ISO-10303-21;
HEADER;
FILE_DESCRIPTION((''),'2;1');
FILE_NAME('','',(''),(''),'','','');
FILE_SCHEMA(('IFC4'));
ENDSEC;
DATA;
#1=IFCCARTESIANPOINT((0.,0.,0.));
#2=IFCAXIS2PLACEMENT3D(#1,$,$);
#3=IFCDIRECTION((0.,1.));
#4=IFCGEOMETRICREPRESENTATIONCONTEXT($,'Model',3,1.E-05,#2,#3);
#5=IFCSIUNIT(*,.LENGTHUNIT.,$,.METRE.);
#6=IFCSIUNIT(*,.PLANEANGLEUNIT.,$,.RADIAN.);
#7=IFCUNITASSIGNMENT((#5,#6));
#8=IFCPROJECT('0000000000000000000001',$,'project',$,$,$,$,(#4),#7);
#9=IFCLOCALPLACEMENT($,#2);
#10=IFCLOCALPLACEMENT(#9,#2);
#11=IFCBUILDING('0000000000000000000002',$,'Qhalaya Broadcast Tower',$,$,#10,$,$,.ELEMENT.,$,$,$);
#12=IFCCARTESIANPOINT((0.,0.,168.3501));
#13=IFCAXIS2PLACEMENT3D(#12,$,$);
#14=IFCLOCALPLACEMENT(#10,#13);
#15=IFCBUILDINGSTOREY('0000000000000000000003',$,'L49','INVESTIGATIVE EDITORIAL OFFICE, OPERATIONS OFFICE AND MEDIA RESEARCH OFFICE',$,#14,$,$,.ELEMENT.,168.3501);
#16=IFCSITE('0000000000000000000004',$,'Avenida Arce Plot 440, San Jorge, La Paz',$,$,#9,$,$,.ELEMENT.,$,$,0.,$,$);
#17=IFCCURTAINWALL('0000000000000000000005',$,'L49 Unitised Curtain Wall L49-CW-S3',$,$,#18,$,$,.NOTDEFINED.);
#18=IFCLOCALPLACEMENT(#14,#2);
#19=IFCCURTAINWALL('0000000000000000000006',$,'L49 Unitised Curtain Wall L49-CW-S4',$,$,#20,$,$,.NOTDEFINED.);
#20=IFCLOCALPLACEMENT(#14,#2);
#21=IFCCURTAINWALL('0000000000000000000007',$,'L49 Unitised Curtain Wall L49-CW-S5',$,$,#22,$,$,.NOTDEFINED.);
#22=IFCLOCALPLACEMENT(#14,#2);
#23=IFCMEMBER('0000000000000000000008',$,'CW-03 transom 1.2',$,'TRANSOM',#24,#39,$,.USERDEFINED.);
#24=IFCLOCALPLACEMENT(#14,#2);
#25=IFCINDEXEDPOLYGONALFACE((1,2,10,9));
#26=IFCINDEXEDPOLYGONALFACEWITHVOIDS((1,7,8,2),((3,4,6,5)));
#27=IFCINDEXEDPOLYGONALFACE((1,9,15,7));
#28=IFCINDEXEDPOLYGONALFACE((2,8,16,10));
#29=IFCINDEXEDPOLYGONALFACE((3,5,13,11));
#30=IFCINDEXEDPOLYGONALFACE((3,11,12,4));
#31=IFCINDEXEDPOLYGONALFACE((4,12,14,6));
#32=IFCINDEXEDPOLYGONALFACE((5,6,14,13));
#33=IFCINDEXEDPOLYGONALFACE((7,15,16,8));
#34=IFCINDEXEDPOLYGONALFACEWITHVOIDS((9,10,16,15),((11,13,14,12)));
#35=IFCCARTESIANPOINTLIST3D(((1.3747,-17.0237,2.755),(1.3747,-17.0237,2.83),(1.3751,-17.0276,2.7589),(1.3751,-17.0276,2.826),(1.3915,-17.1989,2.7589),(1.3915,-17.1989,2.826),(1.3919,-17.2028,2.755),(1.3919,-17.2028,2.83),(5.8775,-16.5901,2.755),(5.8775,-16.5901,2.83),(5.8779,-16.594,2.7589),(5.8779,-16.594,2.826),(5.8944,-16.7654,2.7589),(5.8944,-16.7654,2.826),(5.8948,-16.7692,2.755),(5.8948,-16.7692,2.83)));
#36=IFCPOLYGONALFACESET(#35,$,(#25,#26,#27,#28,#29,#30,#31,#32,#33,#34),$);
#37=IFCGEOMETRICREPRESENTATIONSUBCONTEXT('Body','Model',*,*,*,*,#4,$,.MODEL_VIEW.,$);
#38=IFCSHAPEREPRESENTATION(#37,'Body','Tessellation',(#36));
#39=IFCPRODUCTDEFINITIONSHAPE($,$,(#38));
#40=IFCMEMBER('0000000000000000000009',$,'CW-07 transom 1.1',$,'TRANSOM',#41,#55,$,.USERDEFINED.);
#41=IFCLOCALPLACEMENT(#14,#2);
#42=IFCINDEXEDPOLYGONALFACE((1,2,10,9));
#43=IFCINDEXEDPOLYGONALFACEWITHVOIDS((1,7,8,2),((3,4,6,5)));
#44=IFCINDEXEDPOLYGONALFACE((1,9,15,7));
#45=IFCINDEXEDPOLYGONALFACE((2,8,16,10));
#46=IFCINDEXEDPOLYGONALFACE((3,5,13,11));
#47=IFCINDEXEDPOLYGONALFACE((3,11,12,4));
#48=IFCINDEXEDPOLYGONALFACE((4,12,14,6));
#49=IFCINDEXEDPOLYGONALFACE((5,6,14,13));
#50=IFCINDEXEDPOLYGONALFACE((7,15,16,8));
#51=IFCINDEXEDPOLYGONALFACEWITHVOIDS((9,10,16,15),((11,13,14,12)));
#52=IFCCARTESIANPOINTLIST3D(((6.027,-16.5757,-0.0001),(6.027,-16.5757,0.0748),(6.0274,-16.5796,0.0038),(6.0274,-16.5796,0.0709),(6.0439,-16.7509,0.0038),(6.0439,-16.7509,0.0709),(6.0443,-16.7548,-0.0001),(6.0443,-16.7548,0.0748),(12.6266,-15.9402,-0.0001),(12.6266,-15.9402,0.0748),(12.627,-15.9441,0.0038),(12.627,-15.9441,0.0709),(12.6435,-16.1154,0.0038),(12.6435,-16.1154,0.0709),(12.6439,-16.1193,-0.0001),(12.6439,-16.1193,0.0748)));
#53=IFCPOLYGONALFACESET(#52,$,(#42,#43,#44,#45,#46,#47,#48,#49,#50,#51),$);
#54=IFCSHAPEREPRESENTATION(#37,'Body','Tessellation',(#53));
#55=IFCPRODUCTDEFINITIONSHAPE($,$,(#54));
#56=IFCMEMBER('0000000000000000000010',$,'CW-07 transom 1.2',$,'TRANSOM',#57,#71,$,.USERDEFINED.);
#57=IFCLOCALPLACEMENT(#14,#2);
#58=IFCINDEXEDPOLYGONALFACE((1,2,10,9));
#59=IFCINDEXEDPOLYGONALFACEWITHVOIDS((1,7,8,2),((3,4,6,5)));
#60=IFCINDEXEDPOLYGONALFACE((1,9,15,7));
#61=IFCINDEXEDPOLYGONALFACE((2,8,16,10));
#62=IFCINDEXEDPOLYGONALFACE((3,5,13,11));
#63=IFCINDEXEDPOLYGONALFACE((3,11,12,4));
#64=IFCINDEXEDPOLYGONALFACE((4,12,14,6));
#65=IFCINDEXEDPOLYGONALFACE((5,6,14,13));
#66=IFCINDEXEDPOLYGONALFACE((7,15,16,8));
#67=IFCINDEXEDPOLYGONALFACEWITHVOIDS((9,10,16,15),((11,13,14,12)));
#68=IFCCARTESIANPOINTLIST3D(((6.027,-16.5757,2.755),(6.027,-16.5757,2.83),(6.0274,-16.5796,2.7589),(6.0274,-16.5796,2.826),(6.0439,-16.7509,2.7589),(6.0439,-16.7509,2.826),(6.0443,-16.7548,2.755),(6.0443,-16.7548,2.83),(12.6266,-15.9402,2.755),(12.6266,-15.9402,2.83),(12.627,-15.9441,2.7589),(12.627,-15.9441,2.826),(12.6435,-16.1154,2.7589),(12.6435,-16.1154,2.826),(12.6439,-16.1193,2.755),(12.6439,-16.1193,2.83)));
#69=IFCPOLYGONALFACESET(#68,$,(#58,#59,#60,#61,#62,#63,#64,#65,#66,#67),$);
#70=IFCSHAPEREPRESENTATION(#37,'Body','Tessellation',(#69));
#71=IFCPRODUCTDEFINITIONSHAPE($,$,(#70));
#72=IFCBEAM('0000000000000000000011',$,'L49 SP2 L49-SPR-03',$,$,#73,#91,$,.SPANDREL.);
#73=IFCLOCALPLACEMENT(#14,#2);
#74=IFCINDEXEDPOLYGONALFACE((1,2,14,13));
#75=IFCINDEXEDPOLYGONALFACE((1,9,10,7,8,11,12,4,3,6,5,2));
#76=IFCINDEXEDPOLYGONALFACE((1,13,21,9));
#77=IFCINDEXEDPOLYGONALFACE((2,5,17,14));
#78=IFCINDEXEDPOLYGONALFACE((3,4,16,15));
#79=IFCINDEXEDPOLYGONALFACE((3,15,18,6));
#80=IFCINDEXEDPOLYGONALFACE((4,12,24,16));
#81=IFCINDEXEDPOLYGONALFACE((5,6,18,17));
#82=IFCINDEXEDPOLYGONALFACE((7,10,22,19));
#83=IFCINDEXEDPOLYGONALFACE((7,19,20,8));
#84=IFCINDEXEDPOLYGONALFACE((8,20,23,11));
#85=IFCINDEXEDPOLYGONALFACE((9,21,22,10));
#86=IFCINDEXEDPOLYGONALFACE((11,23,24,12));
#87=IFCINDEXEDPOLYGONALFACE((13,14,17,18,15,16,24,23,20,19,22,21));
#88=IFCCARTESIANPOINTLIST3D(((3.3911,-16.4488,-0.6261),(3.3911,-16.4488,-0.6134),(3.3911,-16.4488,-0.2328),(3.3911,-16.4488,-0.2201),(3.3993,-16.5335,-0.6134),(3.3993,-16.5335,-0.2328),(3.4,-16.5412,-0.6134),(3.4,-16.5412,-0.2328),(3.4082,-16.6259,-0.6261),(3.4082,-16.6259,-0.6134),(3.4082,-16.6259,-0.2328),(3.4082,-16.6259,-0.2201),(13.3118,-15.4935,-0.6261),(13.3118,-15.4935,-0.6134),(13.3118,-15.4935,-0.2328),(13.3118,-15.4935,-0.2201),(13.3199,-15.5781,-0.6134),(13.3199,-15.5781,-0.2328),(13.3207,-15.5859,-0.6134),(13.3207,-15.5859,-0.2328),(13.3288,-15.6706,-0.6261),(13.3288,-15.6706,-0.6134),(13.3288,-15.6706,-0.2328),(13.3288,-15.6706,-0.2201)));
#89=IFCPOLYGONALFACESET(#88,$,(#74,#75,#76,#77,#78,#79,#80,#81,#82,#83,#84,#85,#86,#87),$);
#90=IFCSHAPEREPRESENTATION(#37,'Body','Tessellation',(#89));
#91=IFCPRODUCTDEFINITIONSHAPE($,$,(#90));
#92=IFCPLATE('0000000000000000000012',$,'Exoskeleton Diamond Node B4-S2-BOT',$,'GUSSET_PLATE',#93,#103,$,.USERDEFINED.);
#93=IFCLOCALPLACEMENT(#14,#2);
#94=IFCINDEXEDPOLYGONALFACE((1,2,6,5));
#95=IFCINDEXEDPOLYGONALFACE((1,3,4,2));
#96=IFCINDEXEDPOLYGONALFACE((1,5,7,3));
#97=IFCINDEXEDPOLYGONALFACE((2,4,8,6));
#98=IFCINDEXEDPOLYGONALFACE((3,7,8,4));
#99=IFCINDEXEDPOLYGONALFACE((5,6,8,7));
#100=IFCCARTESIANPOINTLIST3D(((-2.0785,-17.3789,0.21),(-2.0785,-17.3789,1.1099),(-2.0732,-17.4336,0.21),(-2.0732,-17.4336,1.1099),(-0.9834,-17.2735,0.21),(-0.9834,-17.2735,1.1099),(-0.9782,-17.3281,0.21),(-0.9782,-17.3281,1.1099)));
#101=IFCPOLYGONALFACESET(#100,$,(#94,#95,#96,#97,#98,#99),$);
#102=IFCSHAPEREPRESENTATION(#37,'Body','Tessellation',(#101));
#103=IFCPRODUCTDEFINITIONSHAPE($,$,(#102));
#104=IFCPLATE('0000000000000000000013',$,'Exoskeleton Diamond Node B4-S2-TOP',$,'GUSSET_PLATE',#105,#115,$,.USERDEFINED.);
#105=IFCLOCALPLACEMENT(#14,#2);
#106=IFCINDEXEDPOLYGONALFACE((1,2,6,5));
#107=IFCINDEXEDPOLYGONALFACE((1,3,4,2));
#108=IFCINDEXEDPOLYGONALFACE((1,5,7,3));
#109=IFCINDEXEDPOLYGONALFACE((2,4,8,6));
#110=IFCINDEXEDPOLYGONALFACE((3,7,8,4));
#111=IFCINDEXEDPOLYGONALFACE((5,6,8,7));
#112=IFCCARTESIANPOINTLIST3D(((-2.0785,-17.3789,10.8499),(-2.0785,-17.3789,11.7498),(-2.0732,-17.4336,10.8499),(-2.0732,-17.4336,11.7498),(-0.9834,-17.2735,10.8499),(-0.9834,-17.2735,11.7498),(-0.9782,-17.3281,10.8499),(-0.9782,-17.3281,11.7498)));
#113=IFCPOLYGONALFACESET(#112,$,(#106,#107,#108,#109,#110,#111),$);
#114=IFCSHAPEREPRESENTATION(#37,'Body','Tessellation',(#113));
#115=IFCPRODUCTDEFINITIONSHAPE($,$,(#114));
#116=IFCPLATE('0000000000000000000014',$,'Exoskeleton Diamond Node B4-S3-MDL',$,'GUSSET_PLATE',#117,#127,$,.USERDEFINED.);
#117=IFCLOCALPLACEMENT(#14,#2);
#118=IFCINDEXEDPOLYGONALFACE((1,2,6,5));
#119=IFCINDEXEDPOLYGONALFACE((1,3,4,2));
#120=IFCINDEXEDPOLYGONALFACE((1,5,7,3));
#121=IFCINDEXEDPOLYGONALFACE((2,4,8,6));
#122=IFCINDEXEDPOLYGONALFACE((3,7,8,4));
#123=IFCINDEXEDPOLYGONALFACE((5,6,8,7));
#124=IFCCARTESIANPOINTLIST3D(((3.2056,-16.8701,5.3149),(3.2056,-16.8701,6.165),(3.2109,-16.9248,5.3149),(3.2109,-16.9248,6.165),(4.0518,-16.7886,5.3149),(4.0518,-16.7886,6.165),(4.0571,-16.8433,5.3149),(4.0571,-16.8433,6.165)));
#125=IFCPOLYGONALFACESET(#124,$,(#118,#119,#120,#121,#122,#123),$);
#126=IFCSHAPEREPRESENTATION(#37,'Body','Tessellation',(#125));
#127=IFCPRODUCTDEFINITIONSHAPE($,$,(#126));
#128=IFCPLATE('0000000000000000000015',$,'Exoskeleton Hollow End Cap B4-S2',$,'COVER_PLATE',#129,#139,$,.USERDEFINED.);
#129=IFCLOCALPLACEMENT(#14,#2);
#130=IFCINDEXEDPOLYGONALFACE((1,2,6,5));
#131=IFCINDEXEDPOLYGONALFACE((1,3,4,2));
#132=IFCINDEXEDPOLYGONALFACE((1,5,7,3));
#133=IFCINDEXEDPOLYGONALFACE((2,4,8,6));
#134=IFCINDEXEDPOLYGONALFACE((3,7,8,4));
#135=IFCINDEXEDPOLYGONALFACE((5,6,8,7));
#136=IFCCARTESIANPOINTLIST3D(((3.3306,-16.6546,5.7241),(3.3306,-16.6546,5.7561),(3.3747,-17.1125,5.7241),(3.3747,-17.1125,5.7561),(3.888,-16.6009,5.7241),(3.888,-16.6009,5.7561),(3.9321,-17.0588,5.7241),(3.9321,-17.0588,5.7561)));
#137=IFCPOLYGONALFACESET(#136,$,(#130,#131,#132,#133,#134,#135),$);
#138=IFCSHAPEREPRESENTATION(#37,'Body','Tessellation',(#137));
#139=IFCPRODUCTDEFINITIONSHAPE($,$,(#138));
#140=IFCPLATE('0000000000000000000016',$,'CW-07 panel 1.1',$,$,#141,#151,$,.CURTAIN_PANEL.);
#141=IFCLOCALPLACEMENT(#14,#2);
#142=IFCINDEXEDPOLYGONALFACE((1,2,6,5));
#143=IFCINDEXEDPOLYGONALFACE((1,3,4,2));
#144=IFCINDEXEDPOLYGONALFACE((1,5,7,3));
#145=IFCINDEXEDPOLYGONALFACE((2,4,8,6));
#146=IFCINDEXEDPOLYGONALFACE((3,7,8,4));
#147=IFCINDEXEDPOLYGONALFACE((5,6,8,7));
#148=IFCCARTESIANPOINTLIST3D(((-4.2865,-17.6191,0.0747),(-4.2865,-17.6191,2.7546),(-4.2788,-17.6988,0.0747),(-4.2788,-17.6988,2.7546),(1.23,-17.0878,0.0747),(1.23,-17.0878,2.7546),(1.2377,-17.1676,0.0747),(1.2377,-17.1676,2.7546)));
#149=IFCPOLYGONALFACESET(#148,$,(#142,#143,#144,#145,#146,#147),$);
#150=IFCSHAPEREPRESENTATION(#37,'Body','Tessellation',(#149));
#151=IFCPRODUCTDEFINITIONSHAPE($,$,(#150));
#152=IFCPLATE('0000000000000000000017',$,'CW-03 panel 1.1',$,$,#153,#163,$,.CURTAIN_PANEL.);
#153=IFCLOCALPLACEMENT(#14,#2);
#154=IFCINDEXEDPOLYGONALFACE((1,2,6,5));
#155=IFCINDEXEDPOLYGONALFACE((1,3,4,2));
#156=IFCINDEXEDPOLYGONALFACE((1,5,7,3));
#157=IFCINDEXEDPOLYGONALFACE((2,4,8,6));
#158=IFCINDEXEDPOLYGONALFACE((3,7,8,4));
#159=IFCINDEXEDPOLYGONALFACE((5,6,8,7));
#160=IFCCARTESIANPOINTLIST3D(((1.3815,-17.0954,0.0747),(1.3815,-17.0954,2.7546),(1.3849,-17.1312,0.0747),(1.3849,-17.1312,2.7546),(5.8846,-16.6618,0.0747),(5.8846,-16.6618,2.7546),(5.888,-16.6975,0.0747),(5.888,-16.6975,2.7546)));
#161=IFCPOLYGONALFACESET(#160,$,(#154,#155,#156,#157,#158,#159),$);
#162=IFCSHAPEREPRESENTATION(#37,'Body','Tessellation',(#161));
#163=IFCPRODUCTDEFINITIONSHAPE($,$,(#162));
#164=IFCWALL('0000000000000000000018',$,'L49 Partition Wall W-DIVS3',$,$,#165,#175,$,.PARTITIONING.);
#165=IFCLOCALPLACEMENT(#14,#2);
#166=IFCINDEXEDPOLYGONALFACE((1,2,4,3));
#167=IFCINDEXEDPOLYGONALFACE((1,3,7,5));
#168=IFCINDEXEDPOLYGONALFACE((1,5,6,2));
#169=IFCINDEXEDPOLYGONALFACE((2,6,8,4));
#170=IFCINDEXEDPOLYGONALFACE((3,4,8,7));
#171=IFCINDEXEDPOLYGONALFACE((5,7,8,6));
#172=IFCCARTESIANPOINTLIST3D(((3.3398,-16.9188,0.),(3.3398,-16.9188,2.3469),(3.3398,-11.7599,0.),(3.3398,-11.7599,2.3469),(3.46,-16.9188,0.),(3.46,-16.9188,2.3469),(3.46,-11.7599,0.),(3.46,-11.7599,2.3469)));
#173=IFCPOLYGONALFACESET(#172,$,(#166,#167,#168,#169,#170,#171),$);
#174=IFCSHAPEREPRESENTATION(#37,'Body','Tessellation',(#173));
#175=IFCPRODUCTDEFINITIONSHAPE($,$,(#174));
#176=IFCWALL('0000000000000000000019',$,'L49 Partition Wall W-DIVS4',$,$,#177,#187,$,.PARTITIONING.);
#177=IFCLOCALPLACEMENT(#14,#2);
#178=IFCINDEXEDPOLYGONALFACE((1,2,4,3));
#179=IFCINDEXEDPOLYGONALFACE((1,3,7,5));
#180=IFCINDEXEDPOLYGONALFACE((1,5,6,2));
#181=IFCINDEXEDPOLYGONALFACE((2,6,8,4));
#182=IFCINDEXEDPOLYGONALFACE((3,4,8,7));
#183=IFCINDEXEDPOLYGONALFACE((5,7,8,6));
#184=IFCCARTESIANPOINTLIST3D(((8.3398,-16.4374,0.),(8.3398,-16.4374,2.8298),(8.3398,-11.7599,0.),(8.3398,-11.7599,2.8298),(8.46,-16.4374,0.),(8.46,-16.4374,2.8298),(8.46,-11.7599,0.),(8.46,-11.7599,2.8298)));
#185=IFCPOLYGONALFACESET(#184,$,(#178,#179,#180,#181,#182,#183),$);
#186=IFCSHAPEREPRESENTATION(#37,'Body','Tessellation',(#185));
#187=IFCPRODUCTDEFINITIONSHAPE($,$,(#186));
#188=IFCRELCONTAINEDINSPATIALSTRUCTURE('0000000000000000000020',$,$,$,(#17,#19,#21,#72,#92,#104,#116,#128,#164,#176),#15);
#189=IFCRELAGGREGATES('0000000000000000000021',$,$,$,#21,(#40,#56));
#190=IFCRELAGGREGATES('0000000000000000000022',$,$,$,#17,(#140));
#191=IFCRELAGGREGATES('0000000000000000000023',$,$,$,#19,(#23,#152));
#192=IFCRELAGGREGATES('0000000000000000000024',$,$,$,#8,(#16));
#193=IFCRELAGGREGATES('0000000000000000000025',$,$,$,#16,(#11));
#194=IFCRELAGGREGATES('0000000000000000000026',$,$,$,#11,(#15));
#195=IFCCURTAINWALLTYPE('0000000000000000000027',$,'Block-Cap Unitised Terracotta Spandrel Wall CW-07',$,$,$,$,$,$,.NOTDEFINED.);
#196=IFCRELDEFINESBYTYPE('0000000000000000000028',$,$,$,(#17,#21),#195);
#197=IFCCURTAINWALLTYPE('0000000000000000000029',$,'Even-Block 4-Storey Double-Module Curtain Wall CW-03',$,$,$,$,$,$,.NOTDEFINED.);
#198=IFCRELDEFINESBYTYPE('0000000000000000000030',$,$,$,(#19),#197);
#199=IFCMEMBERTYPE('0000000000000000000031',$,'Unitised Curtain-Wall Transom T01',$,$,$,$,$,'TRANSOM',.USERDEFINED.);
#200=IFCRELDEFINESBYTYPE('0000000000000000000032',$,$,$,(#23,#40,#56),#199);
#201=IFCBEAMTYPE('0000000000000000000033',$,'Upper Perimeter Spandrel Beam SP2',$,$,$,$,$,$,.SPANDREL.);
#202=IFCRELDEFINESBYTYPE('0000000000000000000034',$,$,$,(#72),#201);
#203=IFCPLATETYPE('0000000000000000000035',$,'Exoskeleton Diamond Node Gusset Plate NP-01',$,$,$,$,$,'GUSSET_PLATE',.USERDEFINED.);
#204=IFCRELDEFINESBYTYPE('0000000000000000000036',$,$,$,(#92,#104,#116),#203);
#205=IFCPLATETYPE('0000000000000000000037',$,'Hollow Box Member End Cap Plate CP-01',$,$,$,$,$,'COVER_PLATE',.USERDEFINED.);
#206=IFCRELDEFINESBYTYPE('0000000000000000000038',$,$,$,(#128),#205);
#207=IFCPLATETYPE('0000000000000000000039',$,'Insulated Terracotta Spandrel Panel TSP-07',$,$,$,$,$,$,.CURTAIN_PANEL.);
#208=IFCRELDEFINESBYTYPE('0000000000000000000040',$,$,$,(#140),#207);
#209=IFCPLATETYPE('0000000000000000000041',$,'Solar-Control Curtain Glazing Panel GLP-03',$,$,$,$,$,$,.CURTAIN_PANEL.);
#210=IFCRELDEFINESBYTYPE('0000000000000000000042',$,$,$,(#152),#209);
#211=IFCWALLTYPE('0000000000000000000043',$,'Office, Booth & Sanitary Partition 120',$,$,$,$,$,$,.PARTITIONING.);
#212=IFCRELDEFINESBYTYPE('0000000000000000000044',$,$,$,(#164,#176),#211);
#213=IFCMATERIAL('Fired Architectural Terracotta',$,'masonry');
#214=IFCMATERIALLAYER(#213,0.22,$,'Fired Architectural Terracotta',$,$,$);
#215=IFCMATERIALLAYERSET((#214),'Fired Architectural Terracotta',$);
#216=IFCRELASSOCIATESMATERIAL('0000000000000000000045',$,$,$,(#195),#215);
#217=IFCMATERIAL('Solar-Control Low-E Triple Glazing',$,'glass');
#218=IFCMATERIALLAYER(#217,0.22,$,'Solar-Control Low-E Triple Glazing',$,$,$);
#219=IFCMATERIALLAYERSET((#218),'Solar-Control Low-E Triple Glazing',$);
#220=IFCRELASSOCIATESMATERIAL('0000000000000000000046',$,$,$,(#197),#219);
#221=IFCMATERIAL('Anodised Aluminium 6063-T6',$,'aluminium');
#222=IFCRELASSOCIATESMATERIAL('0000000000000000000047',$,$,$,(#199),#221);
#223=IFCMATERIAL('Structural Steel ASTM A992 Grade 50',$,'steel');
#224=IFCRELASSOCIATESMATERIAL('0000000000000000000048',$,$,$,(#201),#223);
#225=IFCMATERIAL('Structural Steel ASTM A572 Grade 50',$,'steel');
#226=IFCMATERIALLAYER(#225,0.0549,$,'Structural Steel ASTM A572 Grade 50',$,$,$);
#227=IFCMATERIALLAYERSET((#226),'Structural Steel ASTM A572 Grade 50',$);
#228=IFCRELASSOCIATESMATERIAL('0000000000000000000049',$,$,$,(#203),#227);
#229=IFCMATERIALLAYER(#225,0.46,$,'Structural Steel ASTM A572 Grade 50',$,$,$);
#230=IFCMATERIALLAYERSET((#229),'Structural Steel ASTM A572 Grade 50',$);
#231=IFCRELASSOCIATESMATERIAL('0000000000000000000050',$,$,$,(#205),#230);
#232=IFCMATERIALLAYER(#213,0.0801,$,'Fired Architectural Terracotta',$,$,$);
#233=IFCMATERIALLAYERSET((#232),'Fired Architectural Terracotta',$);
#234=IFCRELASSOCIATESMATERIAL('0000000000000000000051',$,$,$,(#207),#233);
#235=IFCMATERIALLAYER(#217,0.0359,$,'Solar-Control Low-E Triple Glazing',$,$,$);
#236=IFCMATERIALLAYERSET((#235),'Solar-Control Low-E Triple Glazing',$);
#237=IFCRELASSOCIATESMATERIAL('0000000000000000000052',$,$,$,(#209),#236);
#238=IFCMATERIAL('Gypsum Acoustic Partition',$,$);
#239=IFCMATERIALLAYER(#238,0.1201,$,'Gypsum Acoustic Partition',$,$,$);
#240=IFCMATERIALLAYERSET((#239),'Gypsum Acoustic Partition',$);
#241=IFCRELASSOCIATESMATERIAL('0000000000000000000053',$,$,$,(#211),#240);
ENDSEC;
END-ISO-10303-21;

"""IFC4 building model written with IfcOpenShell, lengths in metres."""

from ifc_helpers import new_model, si_unit, direction, frame, frame_2d, origin, origin_2d, place, context, subcontext, project, spatial, rectangle, hollow_rectangle, i_section, extrude, material, layer, layer_set, material_profile, profile_set, type_object, element, aggregate, save


model = new_model("IFC4")

# Units and contexts
model_context = context("Model", 3, precision=1e-05, world=origin(), true_north=direction((0.0, 1.0)))
body_context = subcontext(model_context, "Body", "Model", "MODEL_VIEW")
ifc_project = project(units=[si_unit("LENGTHUNIT", "METRE"), si_unit("PLANEANGLEUNIT", "RADIAN")], contexts=[model_context])

# Site, building, storey
site_placement = place(None, origin())
site = spatial("IfcSite", under=ifc_project, at=site_placement, Name="Avenida Arce Plot 440, San Jorge, La Paz", CompositionType="ELEMENT", RefElevation=0.0)
building_placement = place(site_placement, origin())
building = spatial("IfcBuilding", under=site, at=building_placement, Name="Qhalaya Broadcast Tower", CompositionType="ELEMENT")
storey_placement = place(building_placement, frame((0.0, 0.0, 168.3501)))
storey = spatial("IfcBuildingStorey", under=building, at=storey_placement, Name="L49", Description="INVESTIGATIVE EDITORIAL OFFICE, OPERATIONS OFFICE AND MEDIA RESEARCH OFFICE", CompositionType="ELEMENT", Elevation=168.3501)

# Shared definitions
ifc_material_1 = material(Name="Structural Steel ASTM A572 Grade 50", Category="steel")

# Shared definitions
ifc_material_2 = material(Name="Structural Steel ASTM A992 Grade 50", Category="steel")

# Curtain wall
ifc_material_3 = material(Name="Fired Architectural Terracotta", Category="masonry")
ifc_layer_1 = layer(ifc_material_3, 0.22, Name="Fired Architectural Terracotta")
ifc_layer_set_1 = layer_set([ifc_layer_1], Name="Fired Architectural Terracotta")
curtain_wall_type_1 = type_object("IfcCurtainWallType", Name="Block-Cap Unitised Terracotta Spandrel Wall CW-07", PredefinedType="NOTDEFINED", material=ifc_layer_set_1)
curtain_wall_1_placement = place(storey_placement, origin())
curtain_wall_1 = element("IfcCurtainWall", 1, at=curtain_wall_1_placement, inside=storey, type_object=curtain_wall_type_1, Name="L49 Unitised Curtain Wall L49-CW-S3", PredefinedType="NOTDEFINED")
ifc_material_4 = material(Name="Anodised Aluminium 6063-T6", Category="aluminium")

# Curtain wall
ifc_material_5 = material(Name="Solar-Control Low-E Triple Glazing", Category="glass")
ifc_layer_2 = layer(ifc_material_5, 0.22, Name="Solar-Control Low-E Triple Glazing")
ifc_layer_set_2 = layer_set([ifc_layer_2], Name="Solar-Control Low-E Triple Glazing")
curtain_wall_type_2 = type_object("IfcCurtainWallType", Name="Even-Block 4-Storey Double-Module Curtain Wall CW-03", PredefinedType="NOTDEFINED", material=ifc_layer_set_2)
curtain_wall_2_placement = place(storey_placement, origin())
curtain_wall_2 = element("IfcCurtainWall", 2, at=curtain_wall_2_placement, inside=storey, type_object=curtain_wall_type_2, Name="L49 Unitised Curtain Wall L49-CW-S4", PredefinedType="NOTDEFINED")

# Curtain wall
curtain_wall_3_placement = place(storey_placement, origin())
curtain_wall_3 = element("IfcCurtainWall", 3, at=curtain_wall_3_placement, inside=storey, type_object=curtain_wall_type_1, Name="L49 Unitised Curtain Wall L49-CW-S5", PredefinedType="NOTDEFINED")

# Members
ifc_material_profile_1 = material_profile(ifc_material_4, hollow_rectangle(XDim=0.075, YDim=0.1799, WallThickness=0.0039, at=origin_2d()), Name="ALU-TRN 75x180x4")
ifc_profile_set_1 = profile_set([ifc_material_profile_1], Name="Anodised Aluminium 6063-T6")
member_type_1 = type_object("IfcMemberType", Name="Unitised Curtain-Wall Transom T01", ElementType="TRANSOM", PredefinedType="USERDEFINED", material=ifc_profile_set_1)
member_1_placement = place(storey_placement, frame((1.3833, -17.1133, 2.7925), z_axis=(0.995396, 0.095848, 0.0), x_axis=(0.0, 0.0, 1.0)))
member_1 = element("IfcMember", 4, at=member_1_placement, type_object=member_type_1, Name="CW-03 transom 1.2", ObjectType="TRANSOM", PredefinedType="USERDEFINED", context=body_context, shape_type="SweptSolid", body=[
    extrude(hollow_rectangle(XDim=0.075, YDim=0.1799, WallThickness=0.0039, at=origin_2d()), origin(), (0.0, 0.0, 1.0), 4.5237),
])
member_2_placement = place(storey_placement, frame((6.0356, -16.6653, 0.0374), z_axis=(0.995396, 0.09585, 0.0), x_axis=(0.0, 0.0, 1.0)))
member_2 = element("IfcMember", 5, at=member_2_placement, type_object=member_type_1, Name="CW-07 transom 1.1", ObjectType="TRANSOM", PredefinedType="USERDEFINED", context=body_context, shape_type="SweptSolid", body=[
    extrude(hollow_rectangle(XDim=0.075, YDim=0.1799, WallThickness=0.0039, at=origin_2d()), origin(), (0.0, 0.0, 1.0), 6.6301),
])
member_3_placement = place(storey_placement, frame((6.0356, -16.6653, 2.7925), z_axis=(0.995396, 0.09585, 0.0), x_axis=(0.0, 0.0, 1.0)))
member_3 = element("IfcMember", 6, at=member_3_placement, type_object=member_type_1, Name="CW-07 transom 1.2", ObjectType="TRANSOM", PredefinedType="USERDEFINED", context=body_context, shape_type="SweptSolid", body=[
    extrude(hollow_rectangle(XDim=0.075, YDim=0.1799, WallThickness=0.0039, at=origin_2d()), origin(), (0.0, 0.0, 1.0), 6.6301),
])
aggregate(curtain_wall_3, [member_2, member_3])

# Beam
ifc_material_profile_2 = material_profile(ifc_material_2, i_section(OverallWidth=0.178, OverallDepth=0.406, WebThickness=0.0078, FlangeThickness=0.0127, at=origin_2d()), Name="W16X40")
ifc_profile_set_2 = profile_set([ifc_material_profile_2], Name="Structural Steel ASTM A992 Grade 50")
beam_type_1 = type_object("IfcBeamType", Name="Upper Perimeter Spandrel Beam SP2", PredefinedType="SPANDREL", material=ifc_profile_set_2)
beam_1_placement = place(storey_placement, frame((3.3997, -16.5374, -0.4231), z_axis=(0.995396, 0.095853, 0.0), x_axis=(-0.095853, 0.995396, 0.0)))
element("IfcBeam", 7, at=beam_1_placement, inside=storey, type_object=beam_type_1, Name="L49 SP2 L49-SPR-03", PredefinedType="SPANDREL", context=body_context, shape_type="SweptSolid", body=[
    extrude(i_section(OverallWidth=0.178, OverallDepth=0.406, WebThickness=0.0078, FlangeThickness=0.0127, at=origin_2d()), origin(), (0.0, 0.0, 1.0), 9.9666),
])

# Plates
ifc_layer_3 = layer(ifc_material_1, 0.0549, Name="Structural Steel ASTM A572 Grade 50")
ifc_layer_set_3 = layer_set([ifc_layer_3], Name="Structural Steel ASTM A572 Grade 50")
plate_type_1 = type_object("IfcPlateType", Name="Exoskeleton Diamond Node Gusset Plate NP-01", ElementType="GUSSET_PLATE", PredefinedType="USERDEFINED", material=ifc_layer_set_3)
for number, where, z_axis, x_axis, name in (
    (8, (-1.5283, -17.3535, 0.21), (0.0, 0.0, 1.0), (0.995396, 0.095846, 0.0), "Exoskeleton Diamond Node B4-S2-BOT"),
    (9, (-1.5283, -17.3535, 10.8499), (0.0, 0.0, 1.0), (0.995396, 0.095846, 0.0), "Exoskeleton Diamond Node B4-S2-TOP"),
):
    element("IfcPlate", number, at=place(storey_placement, frame(where, z_axis=z_axis, x_axis=x_axis)), inside=storey, type_object=plate_type_1, Name=name, ObjectType="GUSSET_PLATE", PredefinedType="USERDEFINED", context=body_context, shape_type="SweptSolid", body=[
        extrude(rectangle(XDim=1.1001, YDim=0.0549, at=origin_2d()), origin(), (0.0, 0.0, 1.0), 0.8999),
    ])
plate_1_placement = place(storey_placement, frame((3.6313, -16.8567, 5.3149), z_axis=(0.0, 0.0, 1.0), x_axis=(0.995396, 0.095846, 0.0)))
element("IfcPlate", 10, at=plate_1_placement, inside=storey, type_object=plate_type_1, Name="Exoskeleton Diamond Node B4-S3-MDL", ObjectType="GUSSET_PLATE", PredefinedType="USERDEFINED", context=body_context, shape_type="SweptSolid", body=[
    extrude(rectangle(XDim=0.8501, YDim=0.0549, at=origin_2d()), origin(), (0.0, 0.0, 1.0), 0.8501),
])
ifc_layer_4 = layer(ifc_material_1, 0.46, Name="Structural Steel ASTM A572 Grade 50")
ifc_layer_set_4 = layer_set([ifc_layer_4], Name="Structural Steel ASTM A572 Grade 50")
plate_type_2 = type_object("IfcPlateType", Name="Hollow Box Member End Cap Plate CP-01", ElementType="COVER_PLATE", PredefinedType="USERDEFINED", material=ifc_layer_set_4)
plate_2_placement = place(storey_placement, frame((3.6313, -16.8567, 5.7241), z_axis=(0.0, 0.0, 1.0), x_axis=(0.995396, 0.095846, 0.0)))
element("IfcPlate", 11, at=plate_2_placement, inside=storey, type_object=plate_type_2, Name="Exoskeleton Hollow End Cap B4-S2", ObjectType="COVER_PLATE", PredefinedType="USERDEFINED", context=body_context, shape_type="SweptSolid", body=[
    extrude(rectangle(XDim=0.5601, YDim=0.46, at=origin_2d()), origin(), (0.0, 0.0, 1.0), 0.032),
])

# Plates
ifc_layer_5 = layer(ifc_material_3, 0.0801, Name="Fired Architectural Terracotta")
ifc_layer_set_5 = layer_set([ifc_layer_5], Name="Fired Architectural Terracotta")
plate_type_3 = type_object("IfcPlateType", Name="Insulated Terracotta Spandrel Panel TSP-07", PredefinedType="CURTAIN_PANEL", material=ifc_layer_set_5)
plate_3_placement = place(storey_placement, frame((-1.5244, -17.3933, 0.0747), z_axis=(0.0, 0.0, 1.0), x_axis=(0.995395, 0.095854, 0.0)))
plate_3 = element("IfcPlate", 12, at=plate_3_placement, type_object=plate_type_3, Name="CW-07 panel 1.1", PredefinedType="CURTAIN_PANEL", context=body_context, shape_type="SweptSolid", body=[
    extrude(rectangle(XDim=5.542, YDim=0.0801, at=origin_2d()), origin(), (0.0, 0.0, 1.0), 2.6799),
])
aggregate(curtain_wall_1, [plate_3])
ifc_layer_6 = layer(ifc_material_5, 0.0359, Name="Solar-Control Low-E Triple Glazing")
ifc_layer_set_6 = layer_set([ifc_layer_6], Name="Solar-Control Low-E Triple Glazing")
plate_type_4 = type_object("IfcPlateType", Name="Solar-Control Curtain Glazing Panel GLP-03", PredefinedType="CURTAIN_PANEL", material=ifc_layer_set_6)
plate_4_placement = place(storey_placement, frame((3.6348, -16.8965, 0.0747), z_axis=(0.0, 0.0, 1.0), x_axis=(0.995396, 0.095851, 0.0)))
plate_4 = element("IfcPlate", 13, at=plate_4_placement, type_object=plate_type_4, Name="CW-03 panel 1.1", PredefinedType="CURTAIN_PANEL", context=body_context, shape_type="SweptSolid", body=[
    extrude(rectangle(XDim=4.5239, YDim=0.0359, at=origin_2d()), origin(), (0.0, 0.0, 1.0), 2.6799),
])
aggregate(curtain_wall_2, [member_1, plate_4])

# Walls
ifc_material_6 = material(Name="Gypsum Acoustic Partition")
ifc_layer_7 = layer(ifc_material_6, 0.1201, Name="Gypsum Acoustic Partition")
ifc_layer_set_7 = layer_set([ifc_layer_7], Name="Gypsum Acoustic Partition")
wall_type = type_object("IfcWallType", Name="Office, Booth & Sanitary Partition 120", PredefinedType="PARTITIONING", material=ifc_layer_set_7)
wall_1_placement = place(storey_placement, frame((3.3999, -16.9189, 0.0), z_axis=(0.0, 0.0, 1.0), x_axis=(0.0, 1.0, 0.0)))
element("IfcWall", 14, at=wall_1_placement, inside=storey, type_object=wall_type, Name="L49 Partition Wall W-DIVS3", PredefinedType="PARTITIONING", context=body_context, shape_type="SweptSolid", body=[
    extrude(rectangle(XDim=5.1589, YDim=0.1201, at=frame_2d((2.5796, 0.0))), origin(), (0.0, 0.0, 1.0), 2.3469),
])
wall_2_placement = place(storey_placement, frame((8.3999, -16.4375, 0.0), z_axis=(0.0, 0.0, 1.0), x_axis=(0.0, 1.0, 0.0)))
element("IfcWall", 15, at=wall_2_placement, inside=storey, type_object=wall_type, Name="L49 Partition Wall W-DIVS4", PredefinedType="PARTITIONING", context=body_context, shape_type="SweptSolid", body=[
    extrude(rectangle(XDim=4.6775, YDim=0.1201, at=frame_2d((2.3389, 0.0))), origin(), (0.0, 0.0, 1.0), 2.8298),
])

save(model, "model.ifc")
